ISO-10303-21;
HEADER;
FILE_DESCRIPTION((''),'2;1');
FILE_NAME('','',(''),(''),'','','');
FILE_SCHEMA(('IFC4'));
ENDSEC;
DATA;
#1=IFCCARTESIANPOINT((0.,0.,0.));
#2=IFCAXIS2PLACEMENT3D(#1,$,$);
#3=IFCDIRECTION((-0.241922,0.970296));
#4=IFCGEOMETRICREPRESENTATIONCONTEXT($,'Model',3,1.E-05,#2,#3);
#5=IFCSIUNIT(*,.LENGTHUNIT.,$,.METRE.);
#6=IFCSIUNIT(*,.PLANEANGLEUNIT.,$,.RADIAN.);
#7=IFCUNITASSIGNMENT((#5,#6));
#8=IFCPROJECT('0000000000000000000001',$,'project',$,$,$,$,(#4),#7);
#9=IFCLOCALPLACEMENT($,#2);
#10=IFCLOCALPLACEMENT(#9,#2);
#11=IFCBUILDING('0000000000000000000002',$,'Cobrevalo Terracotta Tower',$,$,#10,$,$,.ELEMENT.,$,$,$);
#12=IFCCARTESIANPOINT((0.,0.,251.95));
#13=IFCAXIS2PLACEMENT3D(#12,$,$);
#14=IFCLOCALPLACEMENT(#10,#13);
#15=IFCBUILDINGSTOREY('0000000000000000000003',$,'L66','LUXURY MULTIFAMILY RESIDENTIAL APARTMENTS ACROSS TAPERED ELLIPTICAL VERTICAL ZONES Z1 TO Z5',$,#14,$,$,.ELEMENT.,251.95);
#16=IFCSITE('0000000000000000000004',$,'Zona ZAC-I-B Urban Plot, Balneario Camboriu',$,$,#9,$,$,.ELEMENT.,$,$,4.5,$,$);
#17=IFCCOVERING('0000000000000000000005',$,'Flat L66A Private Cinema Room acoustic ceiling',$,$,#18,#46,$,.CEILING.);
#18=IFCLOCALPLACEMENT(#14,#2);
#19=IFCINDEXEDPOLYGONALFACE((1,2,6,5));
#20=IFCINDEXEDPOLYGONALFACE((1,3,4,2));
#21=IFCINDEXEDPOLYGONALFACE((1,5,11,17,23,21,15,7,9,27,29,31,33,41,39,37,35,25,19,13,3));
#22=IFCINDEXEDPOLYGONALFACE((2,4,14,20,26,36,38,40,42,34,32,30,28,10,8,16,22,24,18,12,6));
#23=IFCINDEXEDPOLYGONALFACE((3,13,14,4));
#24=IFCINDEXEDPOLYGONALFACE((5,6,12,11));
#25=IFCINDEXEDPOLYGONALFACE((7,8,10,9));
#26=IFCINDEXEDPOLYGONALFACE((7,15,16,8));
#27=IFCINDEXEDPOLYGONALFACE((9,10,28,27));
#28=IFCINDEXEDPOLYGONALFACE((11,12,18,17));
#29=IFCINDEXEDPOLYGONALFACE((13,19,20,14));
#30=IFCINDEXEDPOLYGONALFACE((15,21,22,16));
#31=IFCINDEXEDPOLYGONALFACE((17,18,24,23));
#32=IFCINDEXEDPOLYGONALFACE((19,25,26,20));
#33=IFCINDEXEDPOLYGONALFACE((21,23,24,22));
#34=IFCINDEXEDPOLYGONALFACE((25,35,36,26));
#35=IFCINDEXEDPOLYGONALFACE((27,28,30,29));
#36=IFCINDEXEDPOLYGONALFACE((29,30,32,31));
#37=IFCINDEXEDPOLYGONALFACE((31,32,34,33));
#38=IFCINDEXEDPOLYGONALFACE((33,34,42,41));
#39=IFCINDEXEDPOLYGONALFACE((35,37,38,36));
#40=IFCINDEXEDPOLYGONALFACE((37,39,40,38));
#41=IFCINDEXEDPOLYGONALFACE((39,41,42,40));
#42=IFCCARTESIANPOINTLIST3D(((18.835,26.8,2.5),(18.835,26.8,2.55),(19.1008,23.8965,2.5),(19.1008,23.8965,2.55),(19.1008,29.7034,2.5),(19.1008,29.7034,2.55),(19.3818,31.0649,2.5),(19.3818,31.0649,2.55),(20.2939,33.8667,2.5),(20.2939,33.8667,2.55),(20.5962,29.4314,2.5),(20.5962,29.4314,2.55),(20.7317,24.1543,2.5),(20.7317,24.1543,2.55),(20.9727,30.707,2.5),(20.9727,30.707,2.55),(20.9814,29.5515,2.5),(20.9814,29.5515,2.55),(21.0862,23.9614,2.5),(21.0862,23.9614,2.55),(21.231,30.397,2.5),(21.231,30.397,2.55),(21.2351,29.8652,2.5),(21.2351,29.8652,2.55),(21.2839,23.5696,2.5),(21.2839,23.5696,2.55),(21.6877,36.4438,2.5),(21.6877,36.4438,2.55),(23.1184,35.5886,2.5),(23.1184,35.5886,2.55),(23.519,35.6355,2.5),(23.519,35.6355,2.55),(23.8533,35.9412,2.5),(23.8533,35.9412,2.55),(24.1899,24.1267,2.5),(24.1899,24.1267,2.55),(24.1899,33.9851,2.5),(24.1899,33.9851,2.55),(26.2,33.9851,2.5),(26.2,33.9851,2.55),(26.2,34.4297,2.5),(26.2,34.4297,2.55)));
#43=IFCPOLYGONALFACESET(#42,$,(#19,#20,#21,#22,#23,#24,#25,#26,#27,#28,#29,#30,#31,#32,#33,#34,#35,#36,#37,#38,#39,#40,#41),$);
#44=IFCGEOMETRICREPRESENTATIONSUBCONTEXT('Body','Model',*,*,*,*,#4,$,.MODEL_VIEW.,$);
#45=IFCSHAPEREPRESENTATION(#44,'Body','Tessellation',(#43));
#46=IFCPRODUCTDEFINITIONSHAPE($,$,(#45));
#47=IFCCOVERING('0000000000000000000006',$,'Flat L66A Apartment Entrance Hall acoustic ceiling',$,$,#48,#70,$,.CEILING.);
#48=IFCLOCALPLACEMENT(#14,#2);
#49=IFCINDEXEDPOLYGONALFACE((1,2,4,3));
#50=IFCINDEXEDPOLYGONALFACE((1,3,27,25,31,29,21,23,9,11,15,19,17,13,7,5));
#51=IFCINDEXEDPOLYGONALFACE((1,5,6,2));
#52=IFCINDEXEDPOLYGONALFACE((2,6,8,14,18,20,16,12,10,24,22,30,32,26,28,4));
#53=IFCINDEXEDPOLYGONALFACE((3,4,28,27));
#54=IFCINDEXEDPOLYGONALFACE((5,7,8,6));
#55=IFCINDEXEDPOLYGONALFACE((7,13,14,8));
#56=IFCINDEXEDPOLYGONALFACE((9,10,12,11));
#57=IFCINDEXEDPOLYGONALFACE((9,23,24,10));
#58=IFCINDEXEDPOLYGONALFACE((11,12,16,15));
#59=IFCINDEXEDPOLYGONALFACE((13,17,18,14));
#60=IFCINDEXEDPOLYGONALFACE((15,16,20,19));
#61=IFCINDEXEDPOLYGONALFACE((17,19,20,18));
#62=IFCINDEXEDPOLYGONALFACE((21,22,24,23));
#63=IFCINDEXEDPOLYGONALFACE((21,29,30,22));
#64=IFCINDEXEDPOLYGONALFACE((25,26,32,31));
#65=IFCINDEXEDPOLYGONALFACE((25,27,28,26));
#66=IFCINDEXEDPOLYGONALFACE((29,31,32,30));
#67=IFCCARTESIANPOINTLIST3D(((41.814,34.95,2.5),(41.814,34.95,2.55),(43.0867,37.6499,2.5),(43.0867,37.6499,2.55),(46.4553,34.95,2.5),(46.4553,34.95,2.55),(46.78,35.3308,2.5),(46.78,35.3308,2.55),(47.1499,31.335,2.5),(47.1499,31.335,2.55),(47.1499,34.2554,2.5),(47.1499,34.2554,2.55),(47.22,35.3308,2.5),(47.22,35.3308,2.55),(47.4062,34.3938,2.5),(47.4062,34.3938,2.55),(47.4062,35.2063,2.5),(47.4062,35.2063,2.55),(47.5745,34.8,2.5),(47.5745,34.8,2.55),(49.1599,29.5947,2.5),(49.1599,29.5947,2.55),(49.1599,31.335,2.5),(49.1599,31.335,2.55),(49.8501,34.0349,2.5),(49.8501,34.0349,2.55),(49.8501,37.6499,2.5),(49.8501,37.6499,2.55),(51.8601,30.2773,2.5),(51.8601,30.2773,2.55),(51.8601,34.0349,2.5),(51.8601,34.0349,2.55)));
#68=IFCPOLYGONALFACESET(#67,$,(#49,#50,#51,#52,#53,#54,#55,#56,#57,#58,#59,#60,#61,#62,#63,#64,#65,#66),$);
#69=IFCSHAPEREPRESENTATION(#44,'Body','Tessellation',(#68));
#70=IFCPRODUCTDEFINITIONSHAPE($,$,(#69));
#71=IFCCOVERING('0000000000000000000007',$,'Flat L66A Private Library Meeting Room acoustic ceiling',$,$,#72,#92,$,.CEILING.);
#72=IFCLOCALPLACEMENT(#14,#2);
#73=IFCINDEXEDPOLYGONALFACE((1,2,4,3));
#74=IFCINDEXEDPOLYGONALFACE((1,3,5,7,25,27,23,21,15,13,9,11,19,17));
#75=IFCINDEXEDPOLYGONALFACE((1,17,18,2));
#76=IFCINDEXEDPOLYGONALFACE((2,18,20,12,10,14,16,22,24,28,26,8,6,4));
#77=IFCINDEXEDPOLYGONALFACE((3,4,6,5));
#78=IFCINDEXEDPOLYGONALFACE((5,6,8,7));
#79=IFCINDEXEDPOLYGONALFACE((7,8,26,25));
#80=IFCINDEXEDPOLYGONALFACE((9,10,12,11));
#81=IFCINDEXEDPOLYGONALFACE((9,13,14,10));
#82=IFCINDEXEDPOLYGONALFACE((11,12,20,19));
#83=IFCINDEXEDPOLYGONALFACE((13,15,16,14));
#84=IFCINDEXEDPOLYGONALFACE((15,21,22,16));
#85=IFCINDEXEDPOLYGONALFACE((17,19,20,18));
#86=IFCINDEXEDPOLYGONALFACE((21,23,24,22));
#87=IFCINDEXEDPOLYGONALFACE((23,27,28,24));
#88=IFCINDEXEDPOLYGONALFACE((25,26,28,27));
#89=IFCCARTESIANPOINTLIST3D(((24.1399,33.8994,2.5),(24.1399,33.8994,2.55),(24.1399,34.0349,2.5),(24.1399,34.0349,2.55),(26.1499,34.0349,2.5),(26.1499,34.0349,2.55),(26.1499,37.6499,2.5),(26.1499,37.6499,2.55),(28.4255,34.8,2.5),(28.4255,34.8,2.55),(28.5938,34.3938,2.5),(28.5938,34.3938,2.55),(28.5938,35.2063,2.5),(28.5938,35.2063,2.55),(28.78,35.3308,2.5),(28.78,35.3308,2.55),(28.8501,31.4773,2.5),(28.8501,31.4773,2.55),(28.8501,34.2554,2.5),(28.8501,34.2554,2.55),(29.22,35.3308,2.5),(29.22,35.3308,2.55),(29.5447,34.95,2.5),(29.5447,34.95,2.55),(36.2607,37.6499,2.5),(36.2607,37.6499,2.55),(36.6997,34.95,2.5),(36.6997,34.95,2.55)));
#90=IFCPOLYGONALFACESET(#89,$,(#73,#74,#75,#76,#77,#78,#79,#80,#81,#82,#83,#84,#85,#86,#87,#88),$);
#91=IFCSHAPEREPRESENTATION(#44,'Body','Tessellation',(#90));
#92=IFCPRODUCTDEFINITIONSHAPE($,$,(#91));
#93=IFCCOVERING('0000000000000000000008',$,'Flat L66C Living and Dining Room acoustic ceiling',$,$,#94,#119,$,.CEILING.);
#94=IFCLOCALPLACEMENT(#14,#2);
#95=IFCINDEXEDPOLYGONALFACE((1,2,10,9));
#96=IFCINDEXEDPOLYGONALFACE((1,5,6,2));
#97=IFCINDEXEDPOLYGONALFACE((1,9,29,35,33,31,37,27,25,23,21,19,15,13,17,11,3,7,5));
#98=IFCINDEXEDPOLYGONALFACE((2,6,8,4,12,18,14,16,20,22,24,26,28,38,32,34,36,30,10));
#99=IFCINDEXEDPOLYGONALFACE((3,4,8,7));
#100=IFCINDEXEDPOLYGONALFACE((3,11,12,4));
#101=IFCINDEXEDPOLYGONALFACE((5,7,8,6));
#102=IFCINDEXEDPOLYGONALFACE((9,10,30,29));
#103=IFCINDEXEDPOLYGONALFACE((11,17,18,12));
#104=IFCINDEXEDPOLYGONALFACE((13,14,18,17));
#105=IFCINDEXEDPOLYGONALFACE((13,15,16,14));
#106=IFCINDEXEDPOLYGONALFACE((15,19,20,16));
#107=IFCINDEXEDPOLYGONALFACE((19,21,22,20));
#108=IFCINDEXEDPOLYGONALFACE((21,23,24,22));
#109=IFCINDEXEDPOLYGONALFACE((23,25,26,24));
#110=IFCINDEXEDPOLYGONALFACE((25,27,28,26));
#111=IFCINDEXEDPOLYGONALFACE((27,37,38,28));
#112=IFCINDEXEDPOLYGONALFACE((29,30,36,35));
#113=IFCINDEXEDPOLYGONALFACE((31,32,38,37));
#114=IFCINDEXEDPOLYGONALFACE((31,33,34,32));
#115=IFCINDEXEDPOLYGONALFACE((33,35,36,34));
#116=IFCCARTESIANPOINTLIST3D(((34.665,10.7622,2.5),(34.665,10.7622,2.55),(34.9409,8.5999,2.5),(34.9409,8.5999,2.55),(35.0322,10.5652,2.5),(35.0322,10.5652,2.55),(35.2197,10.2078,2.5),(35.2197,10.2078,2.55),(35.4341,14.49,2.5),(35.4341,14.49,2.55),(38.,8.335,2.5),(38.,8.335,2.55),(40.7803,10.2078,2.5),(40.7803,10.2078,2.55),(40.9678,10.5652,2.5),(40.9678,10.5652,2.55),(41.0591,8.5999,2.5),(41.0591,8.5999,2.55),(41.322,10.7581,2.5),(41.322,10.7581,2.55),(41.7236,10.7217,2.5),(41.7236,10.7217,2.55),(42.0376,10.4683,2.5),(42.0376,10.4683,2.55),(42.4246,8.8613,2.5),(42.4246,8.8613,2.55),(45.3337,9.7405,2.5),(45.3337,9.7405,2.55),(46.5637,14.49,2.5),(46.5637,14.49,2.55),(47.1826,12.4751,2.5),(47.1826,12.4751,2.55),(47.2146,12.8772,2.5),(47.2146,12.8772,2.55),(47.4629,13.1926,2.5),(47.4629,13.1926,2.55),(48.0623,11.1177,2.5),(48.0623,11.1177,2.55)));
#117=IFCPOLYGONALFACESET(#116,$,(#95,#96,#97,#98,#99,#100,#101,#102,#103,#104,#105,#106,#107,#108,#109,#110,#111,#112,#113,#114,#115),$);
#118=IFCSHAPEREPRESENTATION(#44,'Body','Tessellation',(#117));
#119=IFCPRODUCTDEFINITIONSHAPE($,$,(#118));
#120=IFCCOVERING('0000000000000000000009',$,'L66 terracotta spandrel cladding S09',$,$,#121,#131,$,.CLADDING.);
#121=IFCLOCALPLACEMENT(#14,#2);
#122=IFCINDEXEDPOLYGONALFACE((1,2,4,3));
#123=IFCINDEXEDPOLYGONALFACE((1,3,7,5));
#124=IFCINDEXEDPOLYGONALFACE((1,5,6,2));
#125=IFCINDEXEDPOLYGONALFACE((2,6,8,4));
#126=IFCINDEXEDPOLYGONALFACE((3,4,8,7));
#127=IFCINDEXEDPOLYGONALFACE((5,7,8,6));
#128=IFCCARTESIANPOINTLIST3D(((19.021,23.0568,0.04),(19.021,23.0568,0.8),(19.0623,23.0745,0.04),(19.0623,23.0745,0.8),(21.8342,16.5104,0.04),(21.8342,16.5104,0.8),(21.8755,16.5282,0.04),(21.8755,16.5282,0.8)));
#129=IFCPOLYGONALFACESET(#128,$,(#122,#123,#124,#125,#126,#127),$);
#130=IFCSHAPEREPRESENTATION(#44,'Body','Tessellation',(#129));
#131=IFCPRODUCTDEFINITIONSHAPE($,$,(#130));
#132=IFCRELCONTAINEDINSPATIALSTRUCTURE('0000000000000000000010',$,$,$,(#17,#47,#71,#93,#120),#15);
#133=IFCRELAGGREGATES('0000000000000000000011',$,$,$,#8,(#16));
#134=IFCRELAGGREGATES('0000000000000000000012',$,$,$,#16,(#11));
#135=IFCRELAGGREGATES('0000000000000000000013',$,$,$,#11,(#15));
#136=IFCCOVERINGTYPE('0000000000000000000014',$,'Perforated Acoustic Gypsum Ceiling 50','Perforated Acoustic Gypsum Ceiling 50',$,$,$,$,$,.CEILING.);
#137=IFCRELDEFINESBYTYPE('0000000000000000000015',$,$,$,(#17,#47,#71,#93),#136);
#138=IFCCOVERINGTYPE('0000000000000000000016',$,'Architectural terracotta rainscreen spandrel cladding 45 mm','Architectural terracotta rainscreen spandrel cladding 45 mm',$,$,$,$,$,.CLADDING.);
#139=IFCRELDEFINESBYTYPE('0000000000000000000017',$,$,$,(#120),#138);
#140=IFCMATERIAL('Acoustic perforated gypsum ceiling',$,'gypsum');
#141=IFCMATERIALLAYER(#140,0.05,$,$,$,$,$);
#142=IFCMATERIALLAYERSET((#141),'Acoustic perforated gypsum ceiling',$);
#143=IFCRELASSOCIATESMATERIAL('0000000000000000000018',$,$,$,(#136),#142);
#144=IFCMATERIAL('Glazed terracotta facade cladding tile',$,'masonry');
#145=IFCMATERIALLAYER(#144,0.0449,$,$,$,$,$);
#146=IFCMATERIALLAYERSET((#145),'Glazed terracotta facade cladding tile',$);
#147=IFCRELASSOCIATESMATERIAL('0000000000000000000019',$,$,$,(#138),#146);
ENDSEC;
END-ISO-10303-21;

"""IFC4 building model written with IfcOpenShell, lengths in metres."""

from ifc_helpers import new_model, si_unit, direction, frame, origin, origin_2d, place, context, subcontext, project, spatial, polyline, rectangle, outline, extrude, source, transform, mapped, material, layer, layer_set, type_object, element, save


model = new_model("IFC4")

# Units and contexts
model_context = context("Model", 3, precision=1e-05, world=origin(), true_north=direction((-0.241922, 0.970296)))
body_context = subcontext(model_context, "Body", "Model", "MODEL_VIEW")
ifc_project = project(units=[si_unit("LENGTHUNIT", "METRE"), si_unit("PLANEANGLEUNIT", "RADIAN")], contexts=[model_context])

# Site, building, storey
site_placement = place(None, origin())
site = spatial("IfcSite", under=ifc_project, at=site_placement, Name="Zona ZAC-I-B Urban Plot, Balneario Camboriu", CompositionType="ELEMENT", RefElevation=4.5)
building_placement = place(site_placement, origin())
building = spatial("IfcBuilding", under=site, at=building_placement, Name="Cobrevalo Terracotta Tower", CompositionType="ELEMENT")
storey_placement = place(building_placement, frame((0.0, 0.0, 251.95)))
storey = spatial("IfcBuildingStorey", under=building, at=storey_placement, Name="L66", Description="LUXURY MULTIFAMILY RESIDENTIAL APARTMENTS ACROSS TAPERED ELLIPTICAL VERTICAL ZONES Z1 TO Z5", CompositionType="ELEMENT", Elevation=251.95)

# Coverings
ifc_material_1 = material(Name="Acoustic perforated gypsum ceiling", Category="gypsum")
ifc_layer_1 = layer(ifc_material_1, 0.05)
ifc_layer_set_1 = layer_set([ifc_layer_1], Name="Acoustic perforated gypsum ceiling")
covering_type_1 = type_object("IfcCoveringType", Name="Perforated Acoustic Gypsum Ceiling 50", Description="Perforated Acoustic Gypsum Ceiling 50", PredefinedType="CEILING", material=ifc_layer_set_1)
covering_1_placement = place(storey_placement, frame((0.0, 0.0, 2.5)))
element("IfcCovering", 1, at=covering_1_placement, inside=storey, type_object=covering_type_1, Name="Flat L66A Private Cinema Room acoustic ceiling", PredefinedType="CEILING", context=body_context, shape_type="SweptSolid", body=[
    extrude(outline(polyline([(21.2839, 23.5696), (21.0862, 23.9614), (20.7317, 24.1543), (19.1008, 23.8965), (18.835, 26.8), (19.1008, 29.7034), (20.5962, 29.4314), (20.9814, 29.5515), (21.2351, 29.8652), (21.231, 30.397), (20.9727, 30.707), (19.3818, 31.0649), (20.2939, 33.8667), (21.6877, 36.4438), (23.1184, 35.5886), (23.519, 35.6355), (23.8533, 35.9412), (26.2, 34.4297), (26.2, 33.9851), (24.1899, 33.9851), (24.1899, 24.1267), (21.2839, 23.5696)])), origin(), (0.0, 0.0, 1.0), 0.05),
])
covering_2_placement = place(storey_placement, frame((0.0, 0.0, 2.5)))
element("IfcCovering", 2, at=covering_2_placement, inside=storey, type_object=covering_type_1, Name="Flat L66A Apartment Entrance Hall acoustic ceiling", PredefinedType="CEILING", context=body_context, shape_type="SweptSolid", body=[
    extrude(outline(polyline([(47.1499, 31.335), (47.1499, 34.2554), (47.4062, 34.3938), (47.5745, 34.8), (47.4062, 35.2063), (47.22, 35.3308), (46.78, 35.3308), (46.4553, 34.95), (41.814, 34.95), (43.0867, 37.6499), (49.8501, 37.6499), (49.8501, 34.0349), (51.8601, 34.0349), (51.8601, 30.2773), (49.1599, 29.5947), (49.1599, 31.335), (47.1499, 31.335)])), origin(), (0.0, 0.0, 1.0), 0.05),
])
covering_3_placement = place(storey_placement, frame((0.0, 0.0, 2.5)))
element("IfcCovering", 3, at=covering_3_placement, inside=storey, type_object=covering_type_1, Name="Flat L66A Private Library Meeting Room acoustic ceiling", PredefinedType="CEILING", context=body_context, shape_type="SweptSolid", body=[
    extrude(outline(polyline([(28.8501, 31.4773), (24.1399, 33.8994), (24.1399, 34.0349), (26.1499, 34.0349), (26.1499, 37.6499), (36.2607, 37.6499), (36.6997, 34.95), (29.5447, 34.95), (29.22, 35.3308), (28.78, 35.3308), (28.5938, 35.2063), (28.4255, 34.8), (28.5938, 34.3938), (28.8501, 34.2554), (28.8501, 31.4773)])), origin(), (0.0, 0.0, 1.0), 0.05),
])
covering_4_placement = place(storey_placement, frame((0.0, 0.0, 2.5)))
element("IfcCovering", 4, at=covering_4_placement, inside=storey, type_object=covering_type_1, Name="Flat L66C Living and Dining Room acoustic ceiling", PredefinedType="CEILING", context=body_context, shape_type="SweptSolid", body=[
    extrude(outline(polyline([(45.3337, 9.7405), (42.4246, 8.8613), (42.0376, 10.4683), (41.7236, 10.7217), (41.322, 10.7581), (40.9678, 10.5652), (40.7803, 10.2078), (41.0591, 8.5999), (38.0, 8.335), (34.9409, 8.5999), (35.2197, 10.2078), (35.0322, 10.5652), (34.665, 10.7622), (35.4341, 14.49), (46.5637, 14.49), (47.4629, 13.1926), (47.2146, 12.8772), (47.1826, 12.4751), (48.0623, 11.1177), (45.3337, 9.7405)])), origin(), (0.0, 0.0, 1.0), 0.05),
])
ifc_material_2 = material(Name="Glazed terracotta facade cladding tile", Category="masonry")
ifc_layer_2 = layer(ifc_material_2, 0.0449)
ifc_layer_set_2 = layer_set([ifc_layer_2], Name="Glazed terracotta facade cladding tile")
covering_type_2 = type_object("IfcCoveringType", Name="Architectural terracotta rainscreen spandrel cladding 45 mm", Description="Architectural terracotta rainscreen spandrel cladding 45 mm", PredefinedType="CLADDING", material=ifc_layer_set_2)
shared_shape_1 = source(origin(), body_context, "Body", "SweptSolid", [
    extrude(rectangle(XDim=7.1252, YDim=0.0449, at=origin_2d()), origin(), (0.0, 0.0, 1.0), 0.76),
])
covering_5_placement = place(storey_placement, frame((20.4482, 19.7925, 0.04), z_axis=(0.0, 0.0, 1.0), x_axis=(0.394829, -0.918755, 0.0)))
element("IfcCovering", 5, at=covering_5_placement, inside=storey, type_object=covering_type_2, Name="L66 terracotta spandrel cladding S09", PredefinedType="CLADDING", context=body_context, shape_type="MappedRepresentation", body=[
    mapped(shared_shape_1, transform((0.0, 0.0, 0.0), scale=1.0)),
])

save(model, "model.ifc")
